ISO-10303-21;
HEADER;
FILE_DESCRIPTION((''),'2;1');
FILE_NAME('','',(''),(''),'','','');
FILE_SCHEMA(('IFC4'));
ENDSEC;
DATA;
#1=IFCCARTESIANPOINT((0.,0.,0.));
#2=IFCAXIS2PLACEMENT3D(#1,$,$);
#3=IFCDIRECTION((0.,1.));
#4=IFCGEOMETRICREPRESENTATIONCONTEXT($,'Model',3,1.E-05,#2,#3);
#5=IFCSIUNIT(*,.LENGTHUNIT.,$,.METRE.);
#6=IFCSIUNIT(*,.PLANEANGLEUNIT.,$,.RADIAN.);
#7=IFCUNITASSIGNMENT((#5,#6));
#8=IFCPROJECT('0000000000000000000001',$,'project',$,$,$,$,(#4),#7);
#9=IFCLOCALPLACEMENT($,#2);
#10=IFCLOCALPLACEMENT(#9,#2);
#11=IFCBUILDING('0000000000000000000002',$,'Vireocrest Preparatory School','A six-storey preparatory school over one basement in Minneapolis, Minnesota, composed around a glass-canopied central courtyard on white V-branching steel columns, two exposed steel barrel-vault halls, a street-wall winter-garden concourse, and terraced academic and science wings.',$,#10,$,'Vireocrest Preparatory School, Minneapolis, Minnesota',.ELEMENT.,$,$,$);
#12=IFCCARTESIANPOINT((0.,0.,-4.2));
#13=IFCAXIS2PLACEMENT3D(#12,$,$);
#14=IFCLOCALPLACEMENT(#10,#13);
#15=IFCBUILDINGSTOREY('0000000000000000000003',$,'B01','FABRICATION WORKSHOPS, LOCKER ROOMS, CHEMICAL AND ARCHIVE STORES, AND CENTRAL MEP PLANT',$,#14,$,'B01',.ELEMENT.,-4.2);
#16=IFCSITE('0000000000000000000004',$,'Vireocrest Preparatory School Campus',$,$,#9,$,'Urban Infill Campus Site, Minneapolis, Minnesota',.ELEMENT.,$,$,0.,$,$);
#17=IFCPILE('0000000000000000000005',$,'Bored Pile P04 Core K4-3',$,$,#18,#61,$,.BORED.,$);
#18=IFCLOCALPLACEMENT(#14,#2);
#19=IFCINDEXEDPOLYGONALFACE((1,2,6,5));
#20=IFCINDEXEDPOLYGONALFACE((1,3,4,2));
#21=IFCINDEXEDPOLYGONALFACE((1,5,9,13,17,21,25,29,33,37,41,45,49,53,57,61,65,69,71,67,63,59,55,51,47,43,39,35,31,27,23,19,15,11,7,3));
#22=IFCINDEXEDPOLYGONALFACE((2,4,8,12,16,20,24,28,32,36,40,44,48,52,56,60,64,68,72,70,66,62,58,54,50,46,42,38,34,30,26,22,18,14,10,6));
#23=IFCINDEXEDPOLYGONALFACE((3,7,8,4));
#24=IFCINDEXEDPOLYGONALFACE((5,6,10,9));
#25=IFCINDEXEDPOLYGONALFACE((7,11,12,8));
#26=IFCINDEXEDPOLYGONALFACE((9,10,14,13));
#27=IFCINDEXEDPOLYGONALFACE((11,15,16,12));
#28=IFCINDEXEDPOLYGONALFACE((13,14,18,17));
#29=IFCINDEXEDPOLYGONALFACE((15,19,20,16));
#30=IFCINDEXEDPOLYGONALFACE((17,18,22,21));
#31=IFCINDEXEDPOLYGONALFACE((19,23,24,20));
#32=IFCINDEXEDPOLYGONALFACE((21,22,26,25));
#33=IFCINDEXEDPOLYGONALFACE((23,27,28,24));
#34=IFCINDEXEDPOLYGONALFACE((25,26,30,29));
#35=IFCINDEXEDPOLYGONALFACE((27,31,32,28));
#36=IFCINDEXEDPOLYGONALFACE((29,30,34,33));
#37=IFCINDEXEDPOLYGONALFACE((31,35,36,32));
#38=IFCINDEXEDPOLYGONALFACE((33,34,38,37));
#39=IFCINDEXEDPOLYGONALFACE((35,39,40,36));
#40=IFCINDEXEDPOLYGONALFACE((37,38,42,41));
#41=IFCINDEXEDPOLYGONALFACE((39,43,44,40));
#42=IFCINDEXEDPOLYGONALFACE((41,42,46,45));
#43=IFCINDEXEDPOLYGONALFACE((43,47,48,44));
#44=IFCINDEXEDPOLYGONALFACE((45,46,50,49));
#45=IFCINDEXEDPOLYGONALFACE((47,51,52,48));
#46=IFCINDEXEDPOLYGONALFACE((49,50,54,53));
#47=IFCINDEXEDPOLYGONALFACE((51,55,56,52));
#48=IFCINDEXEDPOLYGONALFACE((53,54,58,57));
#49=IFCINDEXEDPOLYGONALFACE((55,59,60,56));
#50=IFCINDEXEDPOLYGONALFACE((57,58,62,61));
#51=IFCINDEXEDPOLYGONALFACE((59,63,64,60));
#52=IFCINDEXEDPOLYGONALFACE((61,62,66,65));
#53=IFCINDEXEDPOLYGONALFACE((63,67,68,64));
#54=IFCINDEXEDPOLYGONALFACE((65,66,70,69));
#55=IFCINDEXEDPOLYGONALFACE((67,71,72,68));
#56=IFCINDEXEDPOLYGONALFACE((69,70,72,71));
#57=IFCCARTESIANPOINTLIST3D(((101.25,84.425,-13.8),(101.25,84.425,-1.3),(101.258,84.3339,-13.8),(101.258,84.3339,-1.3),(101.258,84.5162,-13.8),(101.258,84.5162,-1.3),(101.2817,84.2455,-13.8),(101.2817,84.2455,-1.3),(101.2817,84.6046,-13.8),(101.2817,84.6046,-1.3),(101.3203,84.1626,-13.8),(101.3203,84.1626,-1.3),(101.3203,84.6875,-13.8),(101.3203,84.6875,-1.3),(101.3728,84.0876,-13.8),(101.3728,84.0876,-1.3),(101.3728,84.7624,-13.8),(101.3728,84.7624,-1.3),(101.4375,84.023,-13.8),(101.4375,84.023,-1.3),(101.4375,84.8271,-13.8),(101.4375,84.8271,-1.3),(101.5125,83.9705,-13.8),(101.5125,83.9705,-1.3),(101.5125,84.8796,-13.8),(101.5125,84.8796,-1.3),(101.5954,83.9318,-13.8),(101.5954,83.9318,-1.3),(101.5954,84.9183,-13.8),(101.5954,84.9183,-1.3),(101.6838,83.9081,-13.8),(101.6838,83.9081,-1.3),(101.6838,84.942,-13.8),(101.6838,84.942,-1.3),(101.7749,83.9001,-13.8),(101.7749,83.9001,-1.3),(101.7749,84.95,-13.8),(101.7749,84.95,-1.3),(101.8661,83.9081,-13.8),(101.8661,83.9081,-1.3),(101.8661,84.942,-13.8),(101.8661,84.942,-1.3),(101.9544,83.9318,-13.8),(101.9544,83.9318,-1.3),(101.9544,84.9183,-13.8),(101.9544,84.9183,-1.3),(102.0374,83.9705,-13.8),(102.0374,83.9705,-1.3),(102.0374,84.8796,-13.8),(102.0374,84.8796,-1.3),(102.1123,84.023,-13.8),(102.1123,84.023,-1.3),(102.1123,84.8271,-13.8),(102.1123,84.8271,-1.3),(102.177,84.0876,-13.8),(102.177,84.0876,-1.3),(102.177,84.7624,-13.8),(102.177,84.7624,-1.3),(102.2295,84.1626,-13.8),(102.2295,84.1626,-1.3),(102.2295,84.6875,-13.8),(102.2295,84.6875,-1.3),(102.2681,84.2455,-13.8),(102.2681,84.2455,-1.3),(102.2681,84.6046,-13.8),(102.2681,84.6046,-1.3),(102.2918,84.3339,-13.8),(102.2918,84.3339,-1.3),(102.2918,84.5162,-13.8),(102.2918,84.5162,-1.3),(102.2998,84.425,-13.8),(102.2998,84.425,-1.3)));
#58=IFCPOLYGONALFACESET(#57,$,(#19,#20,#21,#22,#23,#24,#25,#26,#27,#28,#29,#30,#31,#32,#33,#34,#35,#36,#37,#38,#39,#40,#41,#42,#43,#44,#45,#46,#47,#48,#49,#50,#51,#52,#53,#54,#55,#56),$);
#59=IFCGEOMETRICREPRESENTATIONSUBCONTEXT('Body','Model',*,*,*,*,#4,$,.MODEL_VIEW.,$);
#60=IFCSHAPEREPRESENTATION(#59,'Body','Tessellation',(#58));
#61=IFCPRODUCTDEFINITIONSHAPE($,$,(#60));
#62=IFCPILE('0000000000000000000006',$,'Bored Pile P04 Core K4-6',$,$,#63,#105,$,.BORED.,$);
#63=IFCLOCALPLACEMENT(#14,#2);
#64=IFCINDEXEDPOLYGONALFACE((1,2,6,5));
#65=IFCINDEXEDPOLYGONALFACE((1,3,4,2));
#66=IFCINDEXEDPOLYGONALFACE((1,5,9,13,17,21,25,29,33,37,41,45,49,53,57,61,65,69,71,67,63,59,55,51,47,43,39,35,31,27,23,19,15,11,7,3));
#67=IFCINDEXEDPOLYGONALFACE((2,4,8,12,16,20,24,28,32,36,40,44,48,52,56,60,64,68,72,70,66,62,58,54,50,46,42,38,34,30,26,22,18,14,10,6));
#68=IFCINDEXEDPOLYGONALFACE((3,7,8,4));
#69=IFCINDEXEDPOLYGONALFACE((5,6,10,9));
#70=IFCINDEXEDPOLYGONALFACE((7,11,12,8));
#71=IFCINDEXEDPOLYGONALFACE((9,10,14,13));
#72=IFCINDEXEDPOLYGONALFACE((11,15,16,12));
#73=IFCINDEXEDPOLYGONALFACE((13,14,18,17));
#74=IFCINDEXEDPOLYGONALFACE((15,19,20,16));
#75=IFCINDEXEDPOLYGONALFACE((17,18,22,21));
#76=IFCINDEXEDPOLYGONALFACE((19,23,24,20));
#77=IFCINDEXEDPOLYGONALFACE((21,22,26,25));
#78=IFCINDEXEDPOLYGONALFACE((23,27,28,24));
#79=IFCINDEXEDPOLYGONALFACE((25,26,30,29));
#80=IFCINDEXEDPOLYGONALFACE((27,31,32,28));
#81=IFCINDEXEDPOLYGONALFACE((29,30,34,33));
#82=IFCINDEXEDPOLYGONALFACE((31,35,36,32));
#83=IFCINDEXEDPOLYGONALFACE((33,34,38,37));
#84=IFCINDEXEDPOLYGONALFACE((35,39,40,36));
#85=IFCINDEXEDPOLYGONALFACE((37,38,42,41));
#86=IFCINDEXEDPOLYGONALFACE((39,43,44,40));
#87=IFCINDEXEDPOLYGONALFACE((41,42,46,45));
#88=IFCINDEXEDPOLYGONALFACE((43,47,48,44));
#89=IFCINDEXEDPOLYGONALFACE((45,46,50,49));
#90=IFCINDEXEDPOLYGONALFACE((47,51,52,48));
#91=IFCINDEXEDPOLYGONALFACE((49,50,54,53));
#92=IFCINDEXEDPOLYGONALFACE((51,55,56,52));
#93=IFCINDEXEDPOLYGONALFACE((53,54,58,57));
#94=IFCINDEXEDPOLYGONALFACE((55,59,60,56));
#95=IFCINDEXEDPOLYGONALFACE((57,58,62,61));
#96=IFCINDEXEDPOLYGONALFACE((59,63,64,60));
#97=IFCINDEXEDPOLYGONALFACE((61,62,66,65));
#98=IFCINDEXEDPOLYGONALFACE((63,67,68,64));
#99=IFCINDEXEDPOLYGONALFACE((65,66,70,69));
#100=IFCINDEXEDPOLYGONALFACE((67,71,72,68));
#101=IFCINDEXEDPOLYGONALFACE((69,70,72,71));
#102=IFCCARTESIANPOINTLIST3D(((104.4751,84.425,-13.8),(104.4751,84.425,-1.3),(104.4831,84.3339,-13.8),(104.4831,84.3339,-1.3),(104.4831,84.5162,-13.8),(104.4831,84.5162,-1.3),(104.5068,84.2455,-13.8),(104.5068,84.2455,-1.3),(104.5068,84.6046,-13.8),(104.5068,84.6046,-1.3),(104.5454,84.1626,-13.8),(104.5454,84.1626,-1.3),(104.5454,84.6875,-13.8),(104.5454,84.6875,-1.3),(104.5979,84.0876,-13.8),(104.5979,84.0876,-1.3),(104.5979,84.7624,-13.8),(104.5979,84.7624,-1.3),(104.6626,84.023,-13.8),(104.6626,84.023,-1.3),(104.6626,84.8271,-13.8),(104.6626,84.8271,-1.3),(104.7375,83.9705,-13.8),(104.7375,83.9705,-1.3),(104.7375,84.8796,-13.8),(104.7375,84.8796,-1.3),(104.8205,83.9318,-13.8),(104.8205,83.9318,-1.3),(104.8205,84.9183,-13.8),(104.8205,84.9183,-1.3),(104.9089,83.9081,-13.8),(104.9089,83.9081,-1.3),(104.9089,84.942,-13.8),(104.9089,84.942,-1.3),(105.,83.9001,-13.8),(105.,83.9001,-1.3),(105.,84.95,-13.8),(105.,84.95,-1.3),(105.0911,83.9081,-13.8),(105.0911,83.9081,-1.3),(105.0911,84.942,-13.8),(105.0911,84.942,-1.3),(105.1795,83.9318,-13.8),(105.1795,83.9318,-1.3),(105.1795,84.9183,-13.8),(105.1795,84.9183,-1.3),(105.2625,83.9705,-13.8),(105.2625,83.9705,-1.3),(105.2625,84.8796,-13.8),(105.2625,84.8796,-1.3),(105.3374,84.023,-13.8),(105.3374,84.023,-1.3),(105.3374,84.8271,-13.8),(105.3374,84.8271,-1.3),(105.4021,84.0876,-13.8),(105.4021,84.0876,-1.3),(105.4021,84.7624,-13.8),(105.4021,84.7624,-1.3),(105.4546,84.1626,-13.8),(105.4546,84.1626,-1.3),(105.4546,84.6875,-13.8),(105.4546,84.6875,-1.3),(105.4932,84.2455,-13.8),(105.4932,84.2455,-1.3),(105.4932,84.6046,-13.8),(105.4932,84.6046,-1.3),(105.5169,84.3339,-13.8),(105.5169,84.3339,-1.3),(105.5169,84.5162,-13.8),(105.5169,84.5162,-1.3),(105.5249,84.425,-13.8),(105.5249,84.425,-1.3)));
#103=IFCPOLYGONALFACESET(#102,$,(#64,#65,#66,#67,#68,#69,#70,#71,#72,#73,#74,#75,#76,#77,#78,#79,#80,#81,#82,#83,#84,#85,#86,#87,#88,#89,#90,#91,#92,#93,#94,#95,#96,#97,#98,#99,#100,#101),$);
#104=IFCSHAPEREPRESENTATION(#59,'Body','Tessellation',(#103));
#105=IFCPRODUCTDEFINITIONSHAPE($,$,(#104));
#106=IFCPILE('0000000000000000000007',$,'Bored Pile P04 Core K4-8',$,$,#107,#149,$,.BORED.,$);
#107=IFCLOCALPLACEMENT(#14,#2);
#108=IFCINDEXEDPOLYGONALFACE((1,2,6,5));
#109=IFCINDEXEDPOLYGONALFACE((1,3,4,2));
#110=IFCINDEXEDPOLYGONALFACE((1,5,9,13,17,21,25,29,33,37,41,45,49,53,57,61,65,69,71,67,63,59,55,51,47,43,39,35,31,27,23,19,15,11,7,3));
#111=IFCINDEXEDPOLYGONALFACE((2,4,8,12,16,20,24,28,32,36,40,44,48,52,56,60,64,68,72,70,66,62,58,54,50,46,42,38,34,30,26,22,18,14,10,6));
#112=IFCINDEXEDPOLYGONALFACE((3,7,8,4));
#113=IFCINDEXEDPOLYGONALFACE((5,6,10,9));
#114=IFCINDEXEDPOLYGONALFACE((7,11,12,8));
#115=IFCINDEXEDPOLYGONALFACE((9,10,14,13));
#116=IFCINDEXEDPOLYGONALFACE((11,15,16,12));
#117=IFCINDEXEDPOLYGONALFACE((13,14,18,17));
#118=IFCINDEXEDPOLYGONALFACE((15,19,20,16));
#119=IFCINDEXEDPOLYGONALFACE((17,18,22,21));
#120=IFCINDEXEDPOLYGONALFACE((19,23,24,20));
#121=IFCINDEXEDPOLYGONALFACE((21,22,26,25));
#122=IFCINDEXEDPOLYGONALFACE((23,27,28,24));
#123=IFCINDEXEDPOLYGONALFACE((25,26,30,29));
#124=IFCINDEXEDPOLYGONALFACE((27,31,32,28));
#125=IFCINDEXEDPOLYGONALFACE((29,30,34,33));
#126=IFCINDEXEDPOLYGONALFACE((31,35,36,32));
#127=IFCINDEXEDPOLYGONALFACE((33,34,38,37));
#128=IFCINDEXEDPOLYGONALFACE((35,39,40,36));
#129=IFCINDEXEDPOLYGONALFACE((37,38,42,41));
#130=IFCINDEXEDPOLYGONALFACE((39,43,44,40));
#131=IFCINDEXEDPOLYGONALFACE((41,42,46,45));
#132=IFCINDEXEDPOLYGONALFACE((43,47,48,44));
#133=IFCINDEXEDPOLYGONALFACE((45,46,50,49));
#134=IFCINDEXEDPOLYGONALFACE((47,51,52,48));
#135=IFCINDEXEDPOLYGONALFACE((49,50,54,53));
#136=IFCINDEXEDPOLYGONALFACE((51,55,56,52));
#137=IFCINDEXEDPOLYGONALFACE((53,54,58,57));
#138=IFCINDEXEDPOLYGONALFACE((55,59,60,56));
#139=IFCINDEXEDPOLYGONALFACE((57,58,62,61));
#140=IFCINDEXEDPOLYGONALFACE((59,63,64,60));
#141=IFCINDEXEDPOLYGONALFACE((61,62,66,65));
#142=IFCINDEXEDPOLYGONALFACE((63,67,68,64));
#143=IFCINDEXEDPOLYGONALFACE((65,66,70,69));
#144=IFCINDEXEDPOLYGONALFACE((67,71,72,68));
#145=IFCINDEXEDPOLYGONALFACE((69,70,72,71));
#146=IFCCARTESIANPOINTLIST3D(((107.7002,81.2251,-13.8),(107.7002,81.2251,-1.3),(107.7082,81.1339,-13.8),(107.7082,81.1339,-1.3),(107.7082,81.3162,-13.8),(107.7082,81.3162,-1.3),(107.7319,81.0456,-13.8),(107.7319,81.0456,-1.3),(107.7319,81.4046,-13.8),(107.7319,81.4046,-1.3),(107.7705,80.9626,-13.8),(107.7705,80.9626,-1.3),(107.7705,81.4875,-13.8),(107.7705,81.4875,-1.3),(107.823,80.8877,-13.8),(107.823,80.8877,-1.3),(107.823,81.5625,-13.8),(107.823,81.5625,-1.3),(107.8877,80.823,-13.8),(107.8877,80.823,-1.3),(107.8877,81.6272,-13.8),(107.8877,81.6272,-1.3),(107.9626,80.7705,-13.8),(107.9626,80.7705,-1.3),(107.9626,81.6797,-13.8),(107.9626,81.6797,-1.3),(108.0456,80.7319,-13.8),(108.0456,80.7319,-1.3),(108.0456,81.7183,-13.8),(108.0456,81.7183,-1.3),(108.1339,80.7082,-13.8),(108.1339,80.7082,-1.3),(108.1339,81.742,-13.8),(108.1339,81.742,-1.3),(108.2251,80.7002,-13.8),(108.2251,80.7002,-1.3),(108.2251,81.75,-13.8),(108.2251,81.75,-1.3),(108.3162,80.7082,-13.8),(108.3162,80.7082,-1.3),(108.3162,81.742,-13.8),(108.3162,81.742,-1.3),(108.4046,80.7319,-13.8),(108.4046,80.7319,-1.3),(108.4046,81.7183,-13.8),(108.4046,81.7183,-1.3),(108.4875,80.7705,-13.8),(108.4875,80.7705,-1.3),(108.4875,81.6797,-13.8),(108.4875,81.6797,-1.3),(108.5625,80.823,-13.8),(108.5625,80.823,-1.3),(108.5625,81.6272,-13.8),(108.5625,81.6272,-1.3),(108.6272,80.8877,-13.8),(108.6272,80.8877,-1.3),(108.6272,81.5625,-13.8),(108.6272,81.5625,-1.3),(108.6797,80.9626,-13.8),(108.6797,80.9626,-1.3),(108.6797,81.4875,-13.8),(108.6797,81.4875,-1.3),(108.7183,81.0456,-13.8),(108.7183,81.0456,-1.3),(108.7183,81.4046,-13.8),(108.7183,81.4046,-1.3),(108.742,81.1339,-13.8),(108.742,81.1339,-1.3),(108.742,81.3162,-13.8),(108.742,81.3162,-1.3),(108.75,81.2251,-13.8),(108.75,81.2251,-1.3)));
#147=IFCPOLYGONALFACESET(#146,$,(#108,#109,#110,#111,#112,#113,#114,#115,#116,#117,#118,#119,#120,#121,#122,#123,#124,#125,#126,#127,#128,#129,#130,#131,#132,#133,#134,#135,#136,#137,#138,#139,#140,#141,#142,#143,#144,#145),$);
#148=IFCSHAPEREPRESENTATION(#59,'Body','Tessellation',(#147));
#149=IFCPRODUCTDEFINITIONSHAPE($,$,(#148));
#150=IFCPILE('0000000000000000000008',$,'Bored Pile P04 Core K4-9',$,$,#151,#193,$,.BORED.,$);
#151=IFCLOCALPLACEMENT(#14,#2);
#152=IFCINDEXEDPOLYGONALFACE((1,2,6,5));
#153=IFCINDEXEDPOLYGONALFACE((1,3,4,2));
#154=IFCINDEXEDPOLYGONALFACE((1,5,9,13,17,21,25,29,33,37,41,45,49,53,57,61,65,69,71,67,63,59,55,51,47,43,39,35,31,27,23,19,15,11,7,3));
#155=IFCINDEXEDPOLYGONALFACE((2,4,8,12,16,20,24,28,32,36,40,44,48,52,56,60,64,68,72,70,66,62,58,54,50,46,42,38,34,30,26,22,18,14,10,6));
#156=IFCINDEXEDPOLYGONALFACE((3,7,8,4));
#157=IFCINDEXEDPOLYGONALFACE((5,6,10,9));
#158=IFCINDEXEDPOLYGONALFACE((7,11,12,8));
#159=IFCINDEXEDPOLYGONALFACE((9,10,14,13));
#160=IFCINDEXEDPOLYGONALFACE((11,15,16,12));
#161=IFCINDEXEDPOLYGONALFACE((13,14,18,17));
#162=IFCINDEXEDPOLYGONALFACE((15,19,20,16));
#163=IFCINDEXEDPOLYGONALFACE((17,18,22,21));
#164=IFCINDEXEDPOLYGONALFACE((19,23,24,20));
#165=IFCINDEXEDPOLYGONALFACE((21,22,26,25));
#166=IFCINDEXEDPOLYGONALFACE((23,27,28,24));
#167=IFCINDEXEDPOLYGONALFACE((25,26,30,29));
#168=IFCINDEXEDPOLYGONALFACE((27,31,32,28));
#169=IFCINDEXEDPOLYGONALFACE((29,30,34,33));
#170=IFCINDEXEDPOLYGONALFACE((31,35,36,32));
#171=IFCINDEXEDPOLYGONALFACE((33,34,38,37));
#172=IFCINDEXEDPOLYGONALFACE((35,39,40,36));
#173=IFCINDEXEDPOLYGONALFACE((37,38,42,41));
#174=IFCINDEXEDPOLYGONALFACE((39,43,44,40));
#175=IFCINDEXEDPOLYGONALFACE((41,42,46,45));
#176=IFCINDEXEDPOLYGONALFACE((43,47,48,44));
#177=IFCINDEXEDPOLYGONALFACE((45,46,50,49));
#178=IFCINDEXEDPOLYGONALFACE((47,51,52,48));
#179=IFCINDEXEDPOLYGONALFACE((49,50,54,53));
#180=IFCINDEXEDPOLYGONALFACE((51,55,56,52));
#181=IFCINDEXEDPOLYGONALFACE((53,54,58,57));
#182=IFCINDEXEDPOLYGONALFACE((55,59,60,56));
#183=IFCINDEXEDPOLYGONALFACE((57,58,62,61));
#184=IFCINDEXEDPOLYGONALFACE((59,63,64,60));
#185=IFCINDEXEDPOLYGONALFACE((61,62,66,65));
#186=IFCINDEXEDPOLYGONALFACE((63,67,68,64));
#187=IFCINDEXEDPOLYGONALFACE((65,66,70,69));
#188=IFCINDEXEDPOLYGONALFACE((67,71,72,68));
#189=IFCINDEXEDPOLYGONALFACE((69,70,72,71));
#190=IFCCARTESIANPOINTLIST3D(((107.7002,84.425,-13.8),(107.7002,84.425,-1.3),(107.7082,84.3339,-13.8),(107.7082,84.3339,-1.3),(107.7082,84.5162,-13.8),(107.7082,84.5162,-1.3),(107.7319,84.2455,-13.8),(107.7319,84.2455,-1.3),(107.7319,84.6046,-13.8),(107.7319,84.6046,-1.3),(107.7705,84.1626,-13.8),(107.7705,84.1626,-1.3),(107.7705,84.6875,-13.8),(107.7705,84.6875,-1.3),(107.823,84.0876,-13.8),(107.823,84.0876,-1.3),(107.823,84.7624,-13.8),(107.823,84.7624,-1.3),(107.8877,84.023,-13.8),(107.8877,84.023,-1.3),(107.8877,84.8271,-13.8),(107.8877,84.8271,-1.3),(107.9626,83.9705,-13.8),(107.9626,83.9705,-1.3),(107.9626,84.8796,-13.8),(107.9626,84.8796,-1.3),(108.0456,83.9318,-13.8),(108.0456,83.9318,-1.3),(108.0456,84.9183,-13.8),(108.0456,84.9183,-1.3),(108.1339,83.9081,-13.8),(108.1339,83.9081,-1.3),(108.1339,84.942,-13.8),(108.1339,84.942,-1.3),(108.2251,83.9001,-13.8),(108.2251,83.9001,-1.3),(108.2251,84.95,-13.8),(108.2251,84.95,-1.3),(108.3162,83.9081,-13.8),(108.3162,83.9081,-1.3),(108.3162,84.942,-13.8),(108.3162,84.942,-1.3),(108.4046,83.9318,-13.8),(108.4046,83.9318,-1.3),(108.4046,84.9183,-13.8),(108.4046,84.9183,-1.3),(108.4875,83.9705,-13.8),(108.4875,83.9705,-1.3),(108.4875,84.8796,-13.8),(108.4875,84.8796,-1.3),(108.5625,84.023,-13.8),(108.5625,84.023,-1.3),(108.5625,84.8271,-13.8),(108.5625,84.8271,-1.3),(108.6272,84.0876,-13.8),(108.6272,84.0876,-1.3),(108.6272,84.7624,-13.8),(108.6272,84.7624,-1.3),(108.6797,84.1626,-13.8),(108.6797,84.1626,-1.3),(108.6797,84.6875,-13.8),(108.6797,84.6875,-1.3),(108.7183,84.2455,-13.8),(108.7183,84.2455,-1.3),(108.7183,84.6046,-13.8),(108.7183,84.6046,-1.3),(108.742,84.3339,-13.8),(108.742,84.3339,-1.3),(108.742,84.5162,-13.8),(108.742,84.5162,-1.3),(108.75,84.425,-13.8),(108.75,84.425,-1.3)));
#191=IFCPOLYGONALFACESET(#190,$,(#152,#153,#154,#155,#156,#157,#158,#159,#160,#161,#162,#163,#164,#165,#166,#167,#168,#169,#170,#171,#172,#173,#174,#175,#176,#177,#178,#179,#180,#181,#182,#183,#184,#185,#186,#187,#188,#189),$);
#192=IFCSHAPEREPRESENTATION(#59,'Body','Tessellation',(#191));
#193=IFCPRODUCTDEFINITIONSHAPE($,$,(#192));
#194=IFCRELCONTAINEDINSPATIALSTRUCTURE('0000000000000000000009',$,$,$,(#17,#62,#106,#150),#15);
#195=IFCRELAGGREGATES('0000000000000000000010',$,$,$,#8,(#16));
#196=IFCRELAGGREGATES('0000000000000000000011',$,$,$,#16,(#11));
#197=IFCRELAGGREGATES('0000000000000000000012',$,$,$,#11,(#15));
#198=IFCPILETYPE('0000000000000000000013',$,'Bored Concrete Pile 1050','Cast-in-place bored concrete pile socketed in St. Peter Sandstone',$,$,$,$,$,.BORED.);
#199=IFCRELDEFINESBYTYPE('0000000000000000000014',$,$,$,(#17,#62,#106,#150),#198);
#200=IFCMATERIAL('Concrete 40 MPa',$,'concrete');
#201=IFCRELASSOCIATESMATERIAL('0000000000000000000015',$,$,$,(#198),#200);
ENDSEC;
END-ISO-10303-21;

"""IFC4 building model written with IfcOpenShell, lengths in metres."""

from ifc_helpers import new_model, si_unit, direction, frame, origin, origin_2d, place, context, subcontext, project, spatial, circle, extrude, material, material_profile, profile_set, type_object, element, save


model = new_model("IFC4")

# Units and contexts
model_context = context("Model", 3, precision=1e-05, world=origin(), true_north=direction((0.0, 1.0)))
body_context = subcontext(model_context, "Body", "Model", "MODEL_VIEW")
ifc_project = project(units=[si_unit("LENGTHUNIT", "METRE"), si_unit("PLANEANGLEUNIT", "RADIAN")], contexts=[model_context])

# Site, building, storey
site_placement = place(None, origin())
site = spatial("IfcSite", under=ifc_project, at=site_placement, Name="Vireocrest Preparatory School Campus", LongName="Urban Infill Campus Site, Minneapolis, Minnesota", CompositionType="ELEMENT", RefElevation=0.0)
building_placement = place(site_placement, origin())
building = spatial("IfcBuilding", under=site, at=building_placement, Name="Vireocrest Preparatory School", Description="A six-storey preparatory school over one basement in Minneapolis, Minnesota, composed around a glass-canopied central courtyard on white V-branching steel columns, two exposed steel barrel-vault halls, a street-wall winter-garden concourse, and terraced academic and science wings.", LongName="Vireocrest Preparatory School, Minneapolis, Minnesota", CompositionType="ELEMENT")
storey_placement = place(building_placement, frame((0.0, 0.0, -4.2)))
storey = spatial("IfcBuildingStorey", under=building, at=storey_placement, Name="B01", Description="FABRICATION WORKSHOPS, LOCKER ROOMS, CHEMICAL AND ARCHIVE STORES, AND CENTRAL MEP PLANT", LongName="B01", CompositionType="ELEMENT", Elevation=-4.2)

# Piles
ifc_material_1 = material(Name="Concrete 40 MPa", Category="concrete")
ifc_material_profile_1 = material_profile(ifc_material_1, circle(Radius=0.5249, at=origin_2d()), Name="BORED PILE 1050")
ifc_profile_set_1 = profile_set([ifc_material_profile_1], Name="Concrete 40 MPa")
pile_type_1 = type_object("IfcPileType", Name="Bored Concrete Pile 1050", Description="Cast-in-place bored concrete pile socketed in St. Peter Sandstone", PredefinedType="BORED", material=ifc_profile_set_1)
for number, where, z_axis, x_axis, name in (
    (1, (101.7749, 84.425, -1.3), (0.0, 0.0, -1.0), (1.0, 0.0, 0.0), "Bored Pile P04 Core K4-3"),
    (2, (105.0, 84.425, -1.3), (0.0, 0.0, -1.0), (1.0, 0.0, 0.0), "Bored Pile P04 Core K4-6"),
    (3, (108.2251, 81.2251, -1.3), (0.0, 0.0, -1.0), (1.0, 0.0, 0.0), "Bored Pile P04 Core K4-8"),
    (4, (108.2251, 84.425, -1.3), (0.0, 0.0, -1.0), (1.0, 0.0, 0.0), "Bored Pile P04 Core K4-9"),
):
    element("IfcPile", number, at=place(storey_placement, frame(where, z_axis=z_axis, x_axis=x_axis)), inside=storey, type_object=pile_type_1, Name=name, PredefinedType="BORED", context=body_context, shape_type="SweptSolid", body=[
        extrude(circle(Radius=0.5249, at=origin_2d()), origin(), (0.0, 0.0, 1.0), 12.5),
    ])

save(model, "model.ifc")
